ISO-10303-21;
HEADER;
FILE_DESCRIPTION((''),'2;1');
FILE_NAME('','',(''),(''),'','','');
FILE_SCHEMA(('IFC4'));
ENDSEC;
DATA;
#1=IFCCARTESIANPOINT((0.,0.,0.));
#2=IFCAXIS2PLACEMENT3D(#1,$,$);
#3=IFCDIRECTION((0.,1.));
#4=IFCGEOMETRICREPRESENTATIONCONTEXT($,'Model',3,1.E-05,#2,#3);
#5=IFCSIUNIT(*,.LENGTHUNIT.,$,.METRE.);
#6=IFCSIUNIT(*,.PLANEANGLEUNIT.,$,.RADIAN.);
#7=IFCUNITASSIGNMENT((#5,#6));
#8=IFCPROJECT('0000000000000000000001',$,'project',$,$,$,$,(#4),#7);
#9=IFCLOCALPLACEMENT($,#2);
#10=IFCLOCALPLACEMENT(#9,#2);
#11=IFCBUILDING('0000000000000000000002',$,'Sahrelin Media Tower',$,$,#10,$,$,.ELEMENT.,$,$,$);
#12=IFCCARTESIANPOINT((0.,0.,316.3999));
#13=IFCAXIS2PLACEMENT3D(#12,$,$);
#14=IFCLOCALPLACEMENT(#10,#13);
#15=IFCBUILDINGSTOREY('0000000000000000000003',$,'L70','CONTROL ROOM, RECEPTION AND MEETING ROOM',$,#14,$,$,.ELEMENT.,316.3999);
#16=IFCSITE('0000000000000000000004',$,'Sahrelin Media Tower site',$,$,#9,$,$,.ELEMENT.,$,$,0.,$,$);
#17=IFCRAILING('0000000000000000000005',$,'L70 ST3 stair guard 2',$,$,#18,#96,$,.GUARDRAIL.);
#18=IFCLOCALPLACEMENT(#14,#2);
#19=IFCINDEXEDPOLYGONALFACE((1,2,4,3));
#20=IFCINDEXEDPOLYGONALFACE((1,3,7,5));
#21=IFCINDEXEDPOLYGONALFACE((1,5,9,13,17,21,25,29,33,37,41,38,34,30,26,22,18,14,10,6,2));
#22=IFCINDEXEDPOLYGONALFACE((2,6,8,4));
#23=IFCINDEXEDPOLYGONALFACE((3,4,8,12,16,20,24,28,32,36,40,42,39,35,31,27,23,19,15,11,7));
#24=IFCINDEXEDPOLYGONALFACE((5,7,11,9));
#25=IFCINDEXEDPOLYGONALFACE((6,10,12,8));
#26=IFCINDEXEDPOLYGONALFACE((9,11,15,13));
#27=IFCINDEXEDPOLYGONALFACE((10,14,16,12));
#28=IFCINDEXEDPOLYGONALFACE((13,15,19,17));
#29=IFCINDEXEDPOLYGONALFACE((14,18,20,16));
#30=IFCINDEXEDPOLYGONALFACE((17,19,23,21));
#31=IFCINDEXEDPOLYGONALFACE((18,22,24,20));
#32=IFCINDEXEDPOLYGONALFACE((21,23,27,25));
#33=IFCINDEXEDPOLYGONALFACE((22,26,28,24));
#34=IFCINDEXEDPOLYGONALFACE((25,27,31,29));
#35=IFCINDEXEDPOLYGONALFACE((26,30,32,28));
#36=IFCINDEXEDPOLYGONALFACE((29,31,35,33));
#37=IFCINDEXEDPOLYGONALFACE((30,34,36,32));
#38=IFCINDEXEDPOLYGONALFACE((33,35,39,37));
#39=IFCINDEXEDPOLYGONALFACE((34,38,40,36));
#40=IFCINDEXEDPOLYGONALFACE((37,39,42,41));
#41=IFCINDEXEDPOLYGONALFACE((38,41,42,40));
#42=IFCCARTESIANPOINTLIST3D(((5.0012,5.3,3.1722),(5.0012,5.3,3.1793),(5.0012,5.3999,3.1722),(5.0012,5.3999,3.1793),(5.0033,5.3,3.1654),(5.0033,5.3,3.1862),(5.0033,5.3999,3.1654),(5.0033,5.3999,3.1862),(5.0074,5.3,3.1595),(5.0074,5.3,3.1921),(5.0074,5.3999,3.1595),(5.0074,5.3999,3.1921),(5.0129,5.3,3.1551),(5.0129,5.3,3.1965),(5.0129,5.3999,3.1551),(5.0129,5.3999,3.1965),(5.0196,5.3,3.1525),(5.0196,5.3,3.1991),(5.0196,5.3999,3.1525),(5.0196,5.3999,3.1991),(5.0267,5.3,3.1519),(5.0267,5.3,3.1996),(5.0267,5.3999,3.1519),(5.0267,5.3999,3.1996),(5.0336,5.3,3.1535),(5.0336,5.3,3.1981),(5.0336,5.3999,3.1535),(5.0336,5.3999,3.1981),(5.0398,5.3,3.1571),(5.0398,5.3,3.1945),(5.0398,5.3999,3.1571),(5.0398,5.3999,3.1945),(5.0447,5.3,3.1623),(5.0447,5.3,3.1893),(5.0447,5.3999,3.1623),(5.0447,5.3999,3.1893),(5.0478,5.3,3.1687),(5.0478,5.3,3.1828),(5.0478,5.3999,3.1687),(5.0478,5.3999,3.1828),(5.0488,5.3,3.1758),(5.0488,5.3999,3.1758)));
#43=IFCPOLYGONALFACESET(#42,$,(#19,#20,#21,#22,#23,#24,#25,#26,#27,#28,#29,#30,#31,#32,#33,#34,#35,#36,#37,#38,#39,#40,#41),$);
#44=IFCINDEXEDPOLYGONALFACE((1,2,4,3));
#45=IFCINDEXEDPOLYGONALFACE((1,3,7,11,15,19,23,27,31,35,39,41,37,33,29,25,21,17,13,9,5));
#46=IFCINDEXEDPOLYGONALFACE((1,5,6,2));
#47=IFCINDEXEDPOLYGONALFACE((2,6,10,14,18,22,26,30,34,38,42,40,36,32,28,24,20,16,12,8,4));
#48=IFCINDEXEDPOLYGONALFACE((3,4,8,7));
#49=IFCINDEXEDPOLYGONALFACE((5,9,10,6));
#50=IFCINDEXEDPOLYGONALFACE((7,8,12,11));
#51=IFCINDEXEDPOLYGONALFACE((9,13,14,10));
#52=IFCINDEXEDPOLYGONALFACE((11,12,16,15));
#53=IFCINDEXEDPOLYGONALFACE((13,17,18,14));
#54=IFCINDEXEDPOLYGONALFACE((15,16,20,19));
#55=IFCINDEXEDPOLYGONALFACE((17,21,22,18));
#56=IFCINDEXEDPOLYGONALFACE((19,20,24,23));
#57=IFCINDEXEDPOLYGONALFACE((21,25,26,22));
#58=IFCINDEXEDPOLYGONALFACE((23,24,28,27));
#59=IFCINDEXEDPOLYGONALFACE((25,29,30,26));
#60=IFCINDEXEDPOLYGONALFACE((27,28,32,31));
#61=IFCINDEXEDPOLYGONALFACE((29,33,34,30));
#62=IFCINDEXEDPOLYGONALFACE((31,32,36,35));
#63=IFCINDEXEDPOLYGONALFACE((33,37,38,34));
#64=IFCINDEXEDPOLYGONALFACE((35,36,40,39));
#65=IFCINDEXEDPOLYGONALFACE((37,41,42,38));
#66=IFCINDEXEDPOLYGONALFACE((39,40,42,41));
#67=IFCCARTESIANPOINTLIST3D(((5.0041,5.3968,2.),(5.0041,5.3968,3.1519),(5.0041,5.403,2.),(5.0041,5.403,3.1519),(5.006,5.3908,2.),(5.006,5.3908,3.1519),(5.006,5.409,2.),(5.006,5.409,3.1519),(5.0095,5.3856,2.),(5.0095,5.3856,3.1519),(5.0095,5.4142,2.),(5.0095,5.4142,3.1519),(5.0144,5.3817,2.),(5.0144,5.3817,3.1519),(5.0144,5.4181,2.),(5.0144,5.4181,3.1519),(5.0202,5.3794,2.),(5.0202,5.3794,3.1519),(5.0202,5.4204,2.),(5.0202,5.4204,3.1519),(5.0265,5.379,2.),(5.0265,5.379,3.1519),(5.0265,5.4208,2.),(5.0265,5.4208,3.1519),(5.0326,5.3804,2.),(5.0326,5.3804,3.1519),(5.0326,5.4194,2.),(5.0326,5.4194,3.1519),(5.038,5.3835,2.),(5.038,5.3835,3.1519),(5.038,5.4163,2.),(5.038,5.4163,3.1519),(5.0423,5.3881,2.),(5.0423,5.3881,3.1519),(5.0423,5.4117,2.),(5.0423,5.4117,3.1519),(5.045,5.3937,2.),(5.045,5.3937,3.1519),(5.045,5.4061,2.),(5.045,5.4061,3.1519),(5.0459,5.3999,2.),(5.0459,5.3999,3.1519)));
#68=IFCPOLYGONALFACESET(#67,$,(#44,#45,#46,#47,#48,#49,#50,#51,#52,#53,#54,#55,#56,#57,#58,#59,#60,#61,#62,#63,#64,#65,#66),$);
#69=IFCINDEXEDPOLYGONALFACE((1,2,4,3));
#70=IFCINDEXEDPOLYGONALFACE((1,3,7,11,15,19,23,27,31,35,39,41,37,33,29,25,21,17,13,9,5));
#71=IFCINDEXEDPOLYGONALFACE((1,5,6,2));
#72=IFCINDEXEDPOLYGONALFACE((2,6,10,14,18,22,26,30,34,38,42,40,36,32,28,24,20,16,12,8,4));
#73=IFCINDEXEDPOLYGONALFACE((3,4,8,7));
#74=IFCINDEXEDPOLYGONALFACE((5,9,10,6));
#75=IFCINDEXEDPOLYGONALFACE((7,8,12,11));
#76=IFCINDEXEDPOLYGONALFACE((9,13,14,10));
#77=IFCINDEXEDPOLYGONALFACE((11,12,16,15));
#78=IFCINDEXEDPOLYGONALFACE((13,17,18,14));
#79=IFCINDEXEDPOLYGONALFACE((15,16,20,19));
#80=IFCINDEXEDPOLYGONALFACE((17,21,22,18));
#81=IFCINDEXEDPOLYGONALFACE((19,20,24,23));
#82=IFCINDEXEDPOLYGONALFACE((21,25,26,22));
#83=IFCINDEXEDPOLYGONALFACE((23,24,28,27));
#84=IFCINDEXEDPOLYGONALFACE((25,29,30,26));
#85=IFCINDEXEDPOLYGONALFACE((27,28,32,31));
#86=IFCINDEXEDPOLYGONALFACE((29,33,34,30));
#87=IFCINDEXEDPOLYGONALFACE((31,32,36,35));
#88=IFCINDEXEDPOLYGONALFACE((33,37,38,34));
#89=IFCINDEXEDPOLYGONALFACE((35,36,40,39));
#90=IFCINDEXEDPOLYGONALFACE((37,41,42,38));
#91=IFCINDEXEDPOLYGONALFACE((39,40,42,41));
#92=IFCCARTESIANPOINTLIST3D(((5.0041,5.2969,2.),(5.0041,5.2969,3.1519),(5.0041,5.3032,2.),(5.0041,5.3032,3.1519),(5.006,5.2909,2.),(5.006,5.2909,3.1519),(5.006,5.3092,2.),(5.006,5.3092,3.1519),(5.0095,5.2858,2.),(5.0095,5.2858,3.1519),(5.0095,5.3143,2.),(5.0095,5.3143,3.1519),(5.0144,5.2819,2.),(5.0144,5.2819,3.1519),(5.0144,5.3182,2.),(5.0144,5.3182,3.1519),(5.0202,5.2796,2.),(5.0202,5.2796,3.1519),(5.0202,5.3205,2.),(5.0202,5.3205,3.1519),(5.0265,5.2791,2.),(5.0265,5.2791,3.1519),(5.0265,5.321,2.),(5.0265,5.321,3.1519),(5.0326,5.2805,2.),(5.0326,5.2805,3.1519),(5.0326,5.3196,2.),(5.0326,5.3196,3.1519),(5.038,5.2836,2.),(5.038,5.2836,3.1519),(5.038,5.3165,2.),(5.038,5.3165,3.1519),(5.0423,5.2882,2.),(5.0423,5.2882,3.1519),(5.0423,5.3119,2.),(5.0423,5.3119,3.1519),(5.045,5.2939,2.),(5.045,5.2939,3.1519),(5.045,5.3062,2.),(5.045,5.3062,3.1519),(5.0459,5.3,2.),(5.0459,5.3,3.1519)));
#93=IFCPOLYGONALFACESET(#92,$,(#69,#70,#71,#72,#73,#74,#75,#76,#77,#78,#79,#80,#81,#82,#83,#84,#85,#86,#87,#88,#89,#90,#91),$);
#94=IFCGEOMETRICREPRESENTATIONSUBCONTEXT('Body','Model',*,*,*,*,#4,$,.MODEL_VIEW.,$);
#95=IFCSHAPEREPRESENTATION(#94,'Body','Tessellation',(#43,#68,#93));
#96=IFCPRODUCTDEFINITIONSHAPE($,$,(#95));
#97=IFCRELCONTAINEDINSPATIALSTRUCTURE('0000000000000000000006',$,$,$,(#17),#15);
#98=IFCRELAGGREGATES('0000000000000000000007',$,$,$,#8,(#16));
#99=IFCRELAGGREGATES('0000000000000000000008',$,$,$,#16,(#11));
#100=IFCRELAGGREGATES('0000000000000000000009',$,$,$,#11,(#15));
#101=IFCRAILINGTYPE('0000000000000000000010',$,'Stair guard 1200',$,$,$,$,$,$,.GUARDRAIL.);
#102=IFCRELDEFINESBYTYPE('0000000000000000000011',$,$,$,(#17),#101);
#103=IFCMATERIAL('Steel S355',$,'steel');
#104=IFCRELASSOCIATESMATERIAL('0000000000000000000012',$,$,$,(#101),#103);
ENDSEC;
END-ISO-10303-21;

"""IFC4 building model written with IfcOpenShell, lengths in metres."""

from ifc_helpers import new_model, si_unit, direction, frame, origin, origin_2d, place, context, subcontext, project, spatial, circle, extrude, material, type_object, element, save


model = new_model("IFC4")

# Units and contexts
model_context = context("Model", 3, precision=1e-05, world=origin(), true_north=direction((0.0, 1.0)))
body_context = subcontext(model_context, "Body", "Model", "MODEL_VIEW")
ifc_project = project(units=[si_unit("LENGTHUNIT", "METRE"), si_unit("PLANEANGLEUNIT", "RADIAN")], contexts=[model_context])

# Site, building, storey
site_placement = place(None, origin())
site = spatial("IfcSite", under=ifc_project, at=site_placement, Name="Sahrelin Media Tower site", CompositionType="ELEMENT", RefElevation=0.0)
building_placement = place(site_placement, origin())
building = spatial("IfcBuilding", under=site, at=building_placement, Name="Sahrelin Media Tower", CompositionType="ELEMENT")
storey_placement = place(building_placement, frame((0.0, 0.0, 316.3999)))
storey = spatial("IfcBuildingStorey", under=building, at=storey_placement, Name="L70", Description="CONTROL ROOM, RECEPTION AND MEETING ROOM", CompositionType="ELEMENT", Elevation=316.3999)

# Shared definitions
ifc_material_1 = material(Name="Steel S355", Category="steel")

# Railing
railing_type_1 = type_object("IfcRailingType", Name="Stair guard 1200", PredefinedType="GUARDRAIL", material=ifc_material_1)
railing_1_placement = place(storey_placement, frame((5.0249, 5.3999, 2.0)))
element("IfcRailing", 1, at=railing_1_placement, inside=storey, type_object=railing_type_1, Name="L70 ST3 stair guard 2", PredefinedType="GUARDRAIL", context=body_context, shape_type="SweptSolid", body=[
    extrude(circle(Radius=0.0239, at=origin_2d()), frame((0.0, 0.0, 1.1758), z_axis=(0.0, -1.0, 0.0), x_axis=(1.0, 0.0, 0.0)), (0.0, 0.0, 1.0), 0.0999),
    extrude(circle(Radius=0.021, at=origin_2d()), origin(), (0.0, 0.0, 1.0), 1.1519),
    extrude(circle(Radius=0.021, at=origin_2d()), frame((0.0, -0.0999, 0.0)), (0.0, 0.0, 1.0), 1.1519),
])

save(model, "model.ifc")
